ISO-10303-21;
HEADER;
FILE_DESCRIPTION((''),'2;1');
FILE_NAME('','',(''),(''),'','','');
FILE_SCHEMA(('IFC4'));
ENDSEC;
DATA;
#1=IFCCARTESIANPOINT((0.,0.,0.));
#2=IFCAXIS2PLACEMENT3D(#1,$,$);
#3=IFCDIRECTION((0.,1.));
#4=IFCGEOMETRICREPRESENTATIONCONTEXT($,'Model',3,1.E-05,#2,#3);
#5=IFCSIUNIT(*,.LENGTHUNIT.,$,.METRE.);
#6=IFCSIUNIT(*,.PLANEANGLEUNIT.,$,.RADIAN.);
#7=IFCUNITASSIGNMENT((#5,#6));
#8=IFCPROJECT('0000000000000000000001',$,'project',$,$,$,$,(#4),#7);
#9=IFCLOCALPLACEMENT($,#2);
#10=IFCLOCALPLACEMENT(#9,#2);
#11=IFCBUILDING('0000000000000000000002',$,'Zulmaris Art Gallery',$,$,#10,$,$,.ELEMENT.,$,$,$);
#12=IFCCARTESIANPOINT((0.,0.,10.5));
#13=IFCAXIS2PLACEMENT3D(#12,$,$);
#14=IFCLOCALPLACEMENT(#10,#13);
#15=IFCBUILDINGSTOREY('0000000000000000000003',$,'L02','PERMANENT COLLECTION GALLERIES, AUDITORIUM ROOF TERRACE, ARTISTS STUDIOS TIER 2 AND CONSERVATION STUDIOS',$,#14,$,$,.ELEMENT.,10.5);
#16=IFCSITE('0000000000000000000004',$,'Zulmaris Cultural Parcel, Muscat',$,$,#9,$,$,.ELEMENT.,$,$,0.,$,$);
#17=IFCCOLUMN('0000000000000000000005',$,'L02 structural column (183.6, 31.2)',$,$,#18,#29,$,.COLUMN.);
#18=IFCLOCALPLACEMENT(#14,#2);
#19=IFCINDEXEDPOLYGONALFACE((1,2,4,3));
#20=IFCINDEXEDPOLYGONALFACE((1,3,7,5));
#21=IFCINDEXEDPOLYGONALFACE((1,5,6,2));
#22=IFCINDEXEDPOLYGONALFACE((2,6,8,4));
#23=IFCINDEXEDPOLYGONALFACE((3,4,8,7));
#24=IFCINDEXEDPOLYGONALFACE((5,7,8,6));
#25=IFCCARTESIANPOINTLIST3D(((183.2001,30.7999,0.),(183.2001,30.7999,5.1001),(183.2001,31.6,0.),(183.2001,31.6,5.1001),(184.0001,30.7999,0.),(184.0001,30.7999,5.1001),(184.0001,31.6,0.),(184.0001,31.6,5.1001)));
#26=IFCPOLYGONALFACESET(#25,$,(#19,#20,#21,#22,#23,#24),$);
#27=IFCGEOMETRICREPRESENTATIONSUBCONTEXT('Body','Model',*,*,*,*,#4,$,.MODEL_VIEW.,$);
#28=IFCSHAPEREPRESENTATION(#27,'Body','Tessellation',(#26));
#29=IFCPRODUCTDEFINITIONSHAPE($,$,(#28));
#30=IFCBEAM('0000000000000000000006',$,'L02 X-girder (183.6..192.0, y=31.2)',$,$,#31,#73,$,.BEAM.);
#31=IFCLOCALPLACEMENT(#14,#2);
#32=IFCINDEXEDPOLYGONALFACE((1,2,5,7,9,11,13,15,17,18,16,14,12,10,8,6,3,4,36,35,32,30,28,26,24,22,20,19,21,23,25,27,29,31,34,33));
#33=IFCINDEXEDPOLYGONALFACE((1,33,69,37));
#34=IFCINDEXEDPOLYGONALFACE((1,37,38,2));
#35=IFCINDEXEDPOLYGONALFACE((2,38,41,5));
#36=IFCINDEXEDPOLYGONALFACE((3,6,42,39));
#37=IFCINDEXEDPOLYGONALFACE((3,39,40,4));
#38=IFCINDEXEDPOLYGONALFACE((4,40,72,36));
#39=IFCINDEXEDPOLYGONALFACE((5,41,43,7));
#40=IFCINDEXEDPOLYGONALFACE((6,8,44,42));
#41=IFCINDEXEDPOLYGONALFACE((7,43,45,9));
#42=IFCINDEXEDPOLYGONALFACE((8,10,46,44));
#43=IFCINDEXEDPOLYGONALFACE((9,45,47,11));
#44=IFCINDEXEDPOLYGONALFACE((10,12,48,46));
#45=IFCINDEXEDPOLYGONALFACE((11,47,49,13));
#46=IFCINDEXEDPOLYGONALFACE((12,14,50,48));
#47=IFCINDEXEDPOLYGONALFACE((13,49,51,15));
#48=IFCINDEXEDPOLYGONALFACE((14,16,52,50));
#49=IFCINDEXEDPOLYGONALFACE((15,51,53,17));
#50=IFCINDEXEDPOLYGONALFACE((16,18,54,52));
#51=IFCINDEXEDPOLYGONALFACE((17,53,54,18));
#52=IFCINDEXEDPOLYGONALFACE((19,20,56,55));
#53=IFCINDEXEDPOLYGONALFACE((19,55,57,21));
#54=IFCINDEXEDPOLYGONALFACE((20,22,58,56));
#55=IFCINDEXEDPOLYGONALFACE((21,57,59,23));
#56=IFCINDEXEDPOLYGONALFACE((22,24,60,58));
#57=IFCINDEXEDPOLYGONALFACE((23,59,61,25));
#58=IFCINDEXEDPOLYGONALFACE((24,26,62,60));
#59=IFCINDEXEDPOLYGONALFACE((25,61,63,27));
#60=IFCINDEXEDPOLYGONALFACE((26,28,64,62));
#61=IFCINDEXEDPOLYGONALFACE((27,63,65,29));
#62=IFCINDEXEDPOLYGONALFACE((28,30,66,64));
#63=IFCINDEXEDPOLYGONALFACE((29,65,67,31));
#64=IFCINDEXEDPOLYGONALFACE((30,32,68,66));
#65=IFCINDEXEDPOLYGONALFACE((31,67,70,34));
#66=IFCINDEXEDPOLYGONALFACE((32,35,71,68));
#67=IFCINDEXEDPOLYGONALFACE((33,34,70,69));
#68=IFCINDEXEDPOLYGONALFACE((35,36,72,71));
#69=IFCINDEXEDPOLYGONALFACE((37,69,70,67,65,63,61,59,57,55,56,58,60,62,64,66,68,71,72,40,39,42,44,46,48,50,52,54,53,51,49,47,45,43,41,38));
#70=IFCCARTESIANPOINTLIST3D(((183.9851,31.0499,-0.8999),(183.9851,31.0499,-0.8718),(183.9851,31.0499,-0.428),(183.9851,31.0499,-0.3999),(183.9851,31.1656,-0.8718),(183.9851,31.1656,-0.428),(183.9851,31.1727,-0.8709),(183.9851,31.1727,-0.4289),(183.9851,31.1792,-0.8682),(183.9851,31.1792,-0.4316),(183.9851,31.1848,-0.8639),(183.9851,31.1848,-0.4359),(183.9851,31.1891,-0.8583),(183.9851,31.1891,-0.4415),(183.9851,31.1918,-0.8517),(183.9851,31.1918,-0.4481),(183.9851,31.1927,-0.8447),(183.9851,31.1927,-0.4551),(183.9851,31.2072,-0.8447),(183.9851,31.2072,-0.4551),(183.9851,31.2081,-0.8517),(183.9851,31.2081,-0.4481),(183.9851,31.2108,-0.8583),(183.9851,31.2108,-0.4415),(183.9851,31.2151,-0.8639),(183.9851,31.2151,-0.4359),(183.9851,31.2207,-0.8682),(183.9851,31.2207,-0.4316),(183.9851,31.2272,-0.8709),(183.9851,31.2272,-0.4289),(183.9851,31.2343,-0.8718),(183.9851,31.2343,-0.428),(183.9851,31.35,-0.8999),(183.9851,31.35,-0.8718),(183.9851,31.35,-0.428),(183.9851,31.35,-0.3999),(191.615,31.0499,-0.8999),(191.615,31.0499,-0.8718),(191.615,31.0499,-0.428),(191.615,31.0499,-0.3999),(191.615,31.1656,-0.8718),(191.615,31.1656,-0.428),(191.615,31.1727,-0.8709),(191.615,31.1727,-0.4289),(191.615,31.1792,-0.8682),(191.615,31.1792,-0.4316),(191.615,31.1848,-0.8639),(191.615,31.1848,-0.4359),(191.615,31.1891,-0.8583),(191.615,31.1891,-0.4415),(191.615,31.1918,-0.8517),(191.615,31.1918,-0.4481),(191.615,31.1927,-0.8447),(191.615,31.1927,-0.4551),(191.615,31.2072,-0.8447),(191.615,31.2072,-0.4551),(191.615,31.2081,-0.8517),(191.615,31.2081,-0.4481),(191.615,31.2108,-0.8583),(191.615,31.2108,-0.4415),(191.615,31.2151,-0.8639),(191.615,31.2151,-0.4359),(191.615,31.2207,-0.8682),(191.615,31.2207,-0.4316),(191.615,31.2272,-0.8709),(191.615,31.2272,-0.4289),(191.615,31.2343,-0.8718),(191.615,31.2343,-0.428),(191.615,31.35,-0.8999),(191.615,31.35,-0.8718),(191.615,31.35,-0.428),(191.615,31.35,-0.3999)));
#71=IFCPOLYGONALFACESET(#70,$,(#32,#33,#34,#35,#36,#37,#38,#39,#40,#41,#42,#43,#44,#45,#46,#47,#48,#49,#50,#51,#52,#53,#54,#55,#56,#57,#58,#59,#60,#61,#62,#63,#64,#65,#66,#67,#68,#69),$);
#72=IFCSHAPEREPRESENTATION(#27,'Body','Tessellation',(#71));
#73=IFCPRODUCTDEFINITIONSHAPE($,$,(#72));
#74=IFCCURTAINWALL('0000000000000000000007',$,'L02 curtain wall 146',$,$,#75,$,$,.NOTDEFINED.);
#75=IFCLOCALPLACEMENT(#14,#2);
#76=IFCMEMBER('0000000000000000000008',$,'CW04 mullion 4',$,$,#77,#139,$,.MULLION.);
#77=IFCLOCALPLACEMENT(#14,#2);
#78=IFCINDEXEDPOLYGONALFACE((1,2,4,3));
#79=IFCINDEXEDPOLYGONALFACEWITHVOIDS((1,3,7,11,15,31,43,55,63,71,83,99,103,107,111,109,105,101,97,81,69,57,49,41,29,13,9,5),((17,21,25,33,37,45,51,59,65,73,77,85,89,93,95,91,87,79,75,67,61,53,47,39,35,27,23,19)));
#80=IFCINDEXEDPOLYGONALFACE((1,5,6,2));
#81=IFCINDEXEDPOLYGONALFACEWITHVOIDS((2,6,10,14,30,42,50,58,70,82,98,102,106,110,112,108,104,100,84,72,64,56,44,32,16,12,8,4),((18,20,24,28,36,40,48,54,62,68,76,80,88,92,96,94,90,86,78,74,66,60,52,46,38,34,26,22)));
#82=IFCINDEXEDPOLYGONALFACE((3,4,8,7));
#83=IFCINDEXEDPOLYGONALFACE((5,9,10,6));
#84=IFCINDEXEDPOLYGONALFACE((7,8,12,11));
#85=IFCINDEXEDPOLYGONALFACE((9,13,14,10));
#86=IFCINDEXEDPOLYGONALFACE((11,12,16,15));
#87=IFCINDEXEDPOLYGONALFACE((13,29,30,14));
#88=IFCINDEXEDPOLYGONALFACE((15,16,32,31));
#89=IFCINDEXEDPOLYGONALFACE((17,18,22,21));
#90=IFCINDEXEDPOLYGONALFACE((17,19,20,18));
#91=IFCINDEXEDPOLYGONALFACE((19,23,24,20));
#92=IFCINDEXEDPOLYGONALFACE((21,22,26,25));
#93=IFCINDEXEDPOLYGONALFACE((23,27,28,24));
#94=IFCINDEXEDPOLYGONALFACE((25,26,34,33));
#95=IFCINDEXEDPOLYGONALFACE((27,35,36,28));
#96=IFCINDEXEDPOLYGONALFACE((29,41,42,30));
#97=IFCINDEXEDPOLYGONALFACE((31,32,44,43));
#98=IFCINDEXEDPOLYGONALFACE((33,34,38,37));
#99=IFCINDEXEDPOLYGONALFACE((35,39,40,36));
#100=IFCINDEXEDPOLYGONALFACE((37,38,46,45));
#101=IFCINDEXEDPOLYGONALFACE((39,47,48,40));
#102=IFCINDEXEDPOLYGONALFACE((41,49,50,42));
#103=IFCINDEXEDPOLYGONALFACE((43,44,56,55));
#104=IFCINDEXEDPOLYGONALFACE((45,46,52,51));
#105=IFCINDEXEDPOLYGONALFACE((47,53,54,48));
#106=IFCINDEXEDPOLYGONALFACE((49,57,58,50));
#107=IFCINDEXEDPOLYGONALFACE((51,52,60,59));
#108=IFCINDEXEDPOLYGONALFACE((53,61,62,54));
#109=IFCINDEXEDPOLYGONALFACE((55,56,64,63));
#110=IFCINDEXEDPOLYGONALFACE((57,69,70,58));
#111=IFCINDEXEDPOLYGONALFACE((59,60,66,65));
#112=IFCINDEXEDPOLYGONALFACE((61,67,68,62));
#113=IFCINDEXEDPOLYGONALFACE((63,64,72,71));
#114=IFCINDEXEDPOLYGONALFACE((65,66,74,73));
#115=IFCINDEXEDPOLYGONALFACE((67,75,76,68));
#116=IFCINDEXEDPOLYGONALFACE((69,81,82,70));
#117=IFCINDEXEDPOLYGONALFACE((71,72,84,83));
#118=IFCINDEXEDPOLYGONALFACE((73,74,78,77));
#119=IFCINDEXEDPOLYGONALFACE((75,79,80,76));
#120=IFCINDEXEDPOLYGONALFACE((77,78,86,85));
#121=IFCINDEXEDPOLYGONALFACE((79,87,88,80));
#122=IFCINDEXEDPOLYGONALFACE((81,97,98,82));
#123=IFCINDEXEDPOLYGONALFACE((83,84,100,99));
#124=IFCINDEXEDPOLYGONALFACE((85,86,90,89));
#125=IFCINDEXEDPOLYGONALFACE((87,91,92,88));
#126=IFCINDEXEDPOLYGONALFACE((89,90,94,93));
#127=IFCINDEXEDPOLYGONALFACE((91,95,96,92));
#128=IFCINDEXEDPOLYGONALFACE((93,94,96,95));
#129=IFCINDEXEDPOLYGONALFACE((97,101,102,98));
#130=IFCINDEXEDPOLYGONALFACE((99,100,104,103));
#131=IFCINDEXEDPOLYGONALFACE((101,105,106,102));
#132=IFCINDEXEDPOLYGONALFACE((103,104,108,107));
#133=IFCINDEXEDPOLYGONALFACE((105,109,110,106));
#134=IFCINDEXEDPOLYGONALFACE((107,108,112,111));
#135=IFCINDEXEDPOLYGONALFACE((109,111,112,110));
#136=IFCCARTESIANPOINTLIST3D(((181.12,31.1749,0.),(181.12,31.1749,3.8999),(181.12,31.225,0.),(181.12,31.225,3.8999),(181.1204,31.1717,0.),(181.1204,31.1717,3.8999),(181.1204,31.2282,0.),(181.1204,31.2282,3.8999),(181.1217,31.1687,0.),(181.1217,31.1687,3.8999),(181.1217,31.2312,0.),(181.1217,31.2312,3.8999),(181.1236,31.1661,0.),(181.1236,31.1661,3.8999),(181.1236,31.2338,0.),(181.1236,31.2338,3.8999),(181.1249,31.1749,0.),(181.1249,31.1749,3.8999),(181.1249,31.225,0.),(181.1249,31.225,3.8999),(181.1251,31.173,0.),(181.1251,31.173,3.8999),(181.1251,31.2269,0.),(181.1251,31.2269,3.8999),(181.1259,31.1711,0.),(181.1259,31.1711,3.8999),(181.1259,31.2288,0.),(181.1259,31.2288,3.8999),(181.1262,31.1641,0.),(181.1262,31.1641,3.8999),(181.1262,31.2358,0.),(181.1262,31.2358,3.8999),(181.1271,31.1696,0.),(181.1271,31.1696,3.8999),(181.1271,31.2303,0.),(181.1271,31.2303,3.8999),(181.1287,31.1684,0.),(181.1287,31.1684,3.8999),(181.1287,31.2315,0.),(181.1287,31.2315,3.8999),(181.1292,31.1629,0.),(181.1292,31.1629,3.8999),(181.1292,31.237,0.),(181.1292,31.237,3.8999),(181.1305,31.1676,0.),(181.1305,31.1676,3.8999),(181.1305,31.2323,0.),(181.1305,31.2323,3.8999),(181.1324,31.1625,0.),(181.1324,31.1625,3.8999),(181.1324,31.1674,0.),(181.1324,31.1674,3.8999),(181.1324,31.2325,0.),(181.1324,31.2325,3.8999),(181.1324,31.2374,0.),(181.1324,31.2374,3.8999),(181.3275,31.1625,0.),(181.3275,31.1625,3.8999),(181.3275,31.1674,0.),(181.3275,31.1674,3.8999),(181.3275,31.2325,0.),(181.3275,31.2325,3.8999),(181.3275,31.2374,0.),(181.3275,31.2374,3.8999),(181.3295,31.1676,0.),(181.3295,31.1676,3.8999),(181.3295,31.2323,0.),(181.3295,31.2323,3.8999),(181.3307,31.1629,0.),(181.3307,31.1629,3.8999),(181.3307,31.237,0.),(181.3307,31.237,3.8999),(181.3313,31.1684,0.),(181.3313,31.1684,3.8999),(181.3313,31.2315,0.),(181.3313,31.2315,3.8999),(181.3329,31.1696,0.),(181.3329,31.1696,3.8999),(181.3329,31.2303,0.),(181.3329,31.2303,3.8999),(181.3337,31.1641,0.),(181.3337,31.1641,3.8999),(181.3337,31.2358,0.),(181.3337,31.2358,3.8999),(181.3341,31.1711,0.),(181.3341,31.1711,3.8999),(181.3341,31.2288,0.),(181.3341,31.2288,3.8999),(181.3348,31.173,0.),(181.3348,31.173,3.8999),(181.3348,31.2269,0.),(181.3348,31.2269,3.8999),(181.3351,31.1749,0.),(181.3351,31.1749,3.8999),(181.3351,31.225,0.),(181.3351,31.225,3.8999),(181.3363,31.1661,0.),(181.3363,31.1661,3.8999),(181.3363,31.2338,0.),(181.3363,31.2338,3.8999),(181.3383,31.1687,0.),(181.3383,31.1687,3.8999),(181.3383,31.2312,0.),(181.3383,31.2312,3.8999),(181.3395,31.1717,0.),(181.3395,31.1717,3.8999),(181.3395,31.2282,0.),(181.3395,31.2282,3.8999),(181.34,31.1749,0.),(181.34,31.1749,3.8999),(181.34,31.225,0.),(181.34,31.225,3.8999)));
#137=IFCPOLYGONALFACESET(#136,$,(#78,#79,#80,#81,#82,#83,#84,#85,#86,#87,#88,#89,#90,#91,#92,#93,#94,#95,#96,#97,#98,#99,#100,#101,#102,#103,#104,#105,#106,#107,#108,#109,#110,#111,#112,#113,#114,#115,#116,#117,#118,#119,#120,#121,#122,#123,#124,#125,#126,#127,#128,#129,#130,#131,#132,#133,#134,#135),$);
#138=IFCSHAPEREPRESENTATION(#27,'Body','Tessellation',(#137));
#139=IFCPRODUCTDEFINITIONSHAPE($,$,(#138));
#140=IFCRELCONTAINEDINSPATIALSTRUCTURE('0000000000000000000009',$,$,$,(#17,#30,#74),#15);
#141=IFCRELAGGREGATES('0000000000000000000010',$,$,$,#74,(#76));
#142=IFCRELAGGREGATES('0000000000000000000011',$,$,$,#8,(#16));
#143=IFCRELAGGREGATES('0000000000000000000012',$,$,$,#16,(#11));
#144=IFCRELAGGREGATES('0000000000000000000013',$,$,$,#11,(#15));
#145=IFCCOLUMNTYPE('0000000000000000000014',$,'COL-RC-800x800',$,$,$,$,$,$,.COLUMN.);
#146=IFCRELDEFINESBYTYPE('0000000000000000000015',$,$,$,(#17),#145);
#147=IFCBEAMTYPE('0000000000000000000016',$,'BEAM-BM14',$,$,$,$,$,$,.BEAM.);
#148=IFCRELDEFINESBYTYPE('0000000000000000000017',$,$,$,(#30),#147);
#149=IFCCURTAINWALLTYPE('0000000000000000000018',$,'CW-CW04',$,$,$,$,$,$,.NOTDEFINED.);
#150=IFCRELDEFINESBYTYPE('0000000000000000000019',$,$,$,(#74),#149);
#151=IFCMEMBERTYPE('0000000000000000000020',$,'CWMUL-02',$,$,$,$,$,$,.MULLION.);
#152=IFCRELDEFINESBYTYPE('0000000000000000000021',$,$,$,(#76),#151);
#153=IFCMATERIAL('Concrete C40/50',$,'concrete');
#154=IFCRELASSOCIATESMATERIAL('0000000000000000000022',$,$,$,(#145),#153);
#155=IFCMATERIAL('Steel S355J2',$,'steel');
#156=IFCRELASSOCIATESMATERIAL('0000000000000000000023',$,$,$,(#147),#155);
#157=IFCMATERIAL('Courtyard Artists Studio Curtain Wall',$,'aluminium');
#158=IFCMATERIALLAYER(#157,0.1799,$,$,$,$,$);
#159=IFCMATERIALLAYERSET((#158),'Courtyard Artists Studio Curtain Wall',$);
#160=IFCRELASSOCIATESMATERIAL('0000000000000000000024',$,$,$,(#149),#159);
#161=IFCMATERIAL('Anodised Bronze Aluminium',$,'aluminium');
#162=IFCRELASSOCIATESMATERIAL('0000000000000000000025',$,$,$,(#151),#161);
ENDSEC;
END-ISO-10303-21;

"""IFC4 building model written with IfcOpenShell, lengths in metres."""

from ifc_helpers import new_model, si_unit, direction, frame, origin, origin_2d, place, context, subcontext, project, spatial, rectangle, hollow_rectangle, i_section, extrude, material, layer, layer_set, material_profile, profile_set, type_object, element, aggregate, save


model = new_model("IFC4")

# Units and contexts
model_context = context("Model", 3, precision=1e-05, world=origin(), true_north=direction((0.0, 1.0)))
body_context = subcontext(model_context, "Body", "Model", "MODEL_VIEW")
ifc_project = project(units=[si_unit("LENGTHUNIT", "METRE"), si_unit("PLANEANGLEUNIT", "RADIAN")], contexts=[model_context])

# Site, building, storey
site_placement = place(None, origin())
site = spatial("IfcSite", under=ifc_project, at=site_placement, Name="Zulmaris Cultural Parcel, Muscat", CompositionType="ELEMENT", RefElevation=0.0)
building_placement = place(site_placement, origin())
building = spatial("IfcBuilding", under=site, at=building_placement, Name="Zulmaris Art Gallery", CompositionType="ELEMENT")
storey_placement = place(building_placement, frame((0.0, 0.0, 10.5)))
storey = spatial("IfcBuildingStorey", under=building, at=storey_placement, Name="L02", Description="PERMANENT COLLECTION GALLERIES, AUDITORIUM ROOF TERRACE, ARTISTS STUDIOS TIER 2 AND CONSERVATION STUDIOS", CompositionType="ELEMENT", Elevation=10.5)

# Column
ifc_material_1 = material(Name="Concrete C40/50", Category="concrete")
ifc_material_profile_1 = material_profile(ifc_material_1, rectangle(XDim=0.8, YDim=0.8, at=origin_2d()), Name="RC 800x800")
ifc_profile_set_1 = profile_set([ifc_material_profile_1], Name="Concrete C40/50")
column_type = type_object("IfcColumnType", Name="COL-RC-800x800", PredefinedType="COLUMN", material=ifc_profile_set_1)
column_placement = place(storey_placement, frame((183.6001, 31.2, 0.0), z_axis=(0.0, 0.0, 1.0), x_axis=(1.0, 0.0, 0.0)))
element("IfcColumn", 1, at=column_placement, inside=storey, type_object=column_type, Name="L02 structural column (183.6, 31.2)", PredefinedType="COLUMN", context=body_context, shape_type="SweptSolid", body=[
    extrude(rectangle(XDim=0.8, YDim=0.8, at=origin_2d()), origin(), (0.0, 0.0, 1.0), 5.1001),
])

# Beam
ifc_material_2 = material(Name="Steel S355J2", Category="steel")
ifc_material_profile_2 = material_profile(ifc_material_2, i_section(OverallWidth=0.3, OverallDepth=0.5, WebThickness=0.0144, FlangeThickness=0.0281, FilletRadius=0.0271, at=origin_2d()), Name="HEB 500")
ifc_profile_set_2 = profile_set([ifc_material_profile_2], Name="Steel S355J2")
beam_type = type_object("IfcBeamType", Name="BEAM-BM14", PredefinedType="BEAM", material=ifc_profile_set_2)
beam_placement = place(storey_placement, frame((183.9851, 31.2, -0.6499), z_axis=(1.0, 0.0, 0.0), x_axis=(0.0, 1.0, 0.0)))
element("IfcBeam", 2, at=beam_placement, inside=storey, type_object=beam_type, Name="L02 X-girder (183.6..192.0, y=31.2)", PredefinedType="BEAM", context=body_context, shape_type="SweptSolid", body=[
    extrude(i_section(OverallWidth=0.3, OverallDepth=0.5, WebThickness=0.0144, FlangeThickness=0.0281, FilletRadius=0.0271, at=origin_2d()), origin(), (0.0, 0.0, 1.0), 7.6299),
])

# Curtain wall, member
ifc_material_3 = material(Name="Courtyard Artists Studio Curtain Wall", Category="aluminium")
ifc_layer_1 = layer(ifc_material_3, 0.1799)
ifc_layer_set_1 = layer_set([ifc_layer_1], Name="Courtyard Artists Studio Curtain Wall")
curtain_wall_type = type_object("IfcCurtainWallType", Name="CW-CW04", PredefinedType="NOTDEFINED", material=ifc_layer_set_1)
curtain_wall_placement = place(storey_placement, origin())
curtain_wall = element("IfcCurtainWall", 3, at=curtain_wall_placement, inside=storey, type_object=curtain_wall_type, Name="L02 curtain wall 146", PredefinedType="NOTDEFINED")
ifc_material_4 = material(Name="Anodised Bronze Aluminium", Category="aluminium")
ifc_material_profile_3 = material_profile(ifc_material_4, hollow_rectangle(XDim=0.075, YDim=0.22, WallThickness=0.0049, InnerFilletRadius=0.0076, OuterFilletRadius=0.0125, at=origin_2d()), Name="ALU 75x220x5")
ifc_profile_set_3 = profile_set([ifc_material_profile_3], Name="Anodised Bronze Aluminium")
member_type_1 = type_object("IfcMemberType", Name="CWMUL-02", PredefinedType="MULLION", material=ifc_profile_set_3)
member_1_placement = place(storey_placement, frame((181.23, 31.2, 0.0), z_axis=(0.0, 0.0, 1.0), x_axis=(0.0, 1.0, 0.0)))
member_1 = element("IfcMember", 4, at=member_1_placement, type_object=member_type_1, Name="CW04 mullion 4", PredefinedType="MULLION", context=body_context, shape_type="SweptSolid", body=[
    extrude(hollow_rectangle(XDim=0.075, YDim=0.22, WallThickness=0.0049, InnerFilletRadius=0.0076, OuterFilletRadius=0.0125, at=origin_2d()), origin(), (0.0, 0.0, 1.0), 3.8999),
])
aggregate(curtain_wall, [member_1])

save(model, "model.ifc")
